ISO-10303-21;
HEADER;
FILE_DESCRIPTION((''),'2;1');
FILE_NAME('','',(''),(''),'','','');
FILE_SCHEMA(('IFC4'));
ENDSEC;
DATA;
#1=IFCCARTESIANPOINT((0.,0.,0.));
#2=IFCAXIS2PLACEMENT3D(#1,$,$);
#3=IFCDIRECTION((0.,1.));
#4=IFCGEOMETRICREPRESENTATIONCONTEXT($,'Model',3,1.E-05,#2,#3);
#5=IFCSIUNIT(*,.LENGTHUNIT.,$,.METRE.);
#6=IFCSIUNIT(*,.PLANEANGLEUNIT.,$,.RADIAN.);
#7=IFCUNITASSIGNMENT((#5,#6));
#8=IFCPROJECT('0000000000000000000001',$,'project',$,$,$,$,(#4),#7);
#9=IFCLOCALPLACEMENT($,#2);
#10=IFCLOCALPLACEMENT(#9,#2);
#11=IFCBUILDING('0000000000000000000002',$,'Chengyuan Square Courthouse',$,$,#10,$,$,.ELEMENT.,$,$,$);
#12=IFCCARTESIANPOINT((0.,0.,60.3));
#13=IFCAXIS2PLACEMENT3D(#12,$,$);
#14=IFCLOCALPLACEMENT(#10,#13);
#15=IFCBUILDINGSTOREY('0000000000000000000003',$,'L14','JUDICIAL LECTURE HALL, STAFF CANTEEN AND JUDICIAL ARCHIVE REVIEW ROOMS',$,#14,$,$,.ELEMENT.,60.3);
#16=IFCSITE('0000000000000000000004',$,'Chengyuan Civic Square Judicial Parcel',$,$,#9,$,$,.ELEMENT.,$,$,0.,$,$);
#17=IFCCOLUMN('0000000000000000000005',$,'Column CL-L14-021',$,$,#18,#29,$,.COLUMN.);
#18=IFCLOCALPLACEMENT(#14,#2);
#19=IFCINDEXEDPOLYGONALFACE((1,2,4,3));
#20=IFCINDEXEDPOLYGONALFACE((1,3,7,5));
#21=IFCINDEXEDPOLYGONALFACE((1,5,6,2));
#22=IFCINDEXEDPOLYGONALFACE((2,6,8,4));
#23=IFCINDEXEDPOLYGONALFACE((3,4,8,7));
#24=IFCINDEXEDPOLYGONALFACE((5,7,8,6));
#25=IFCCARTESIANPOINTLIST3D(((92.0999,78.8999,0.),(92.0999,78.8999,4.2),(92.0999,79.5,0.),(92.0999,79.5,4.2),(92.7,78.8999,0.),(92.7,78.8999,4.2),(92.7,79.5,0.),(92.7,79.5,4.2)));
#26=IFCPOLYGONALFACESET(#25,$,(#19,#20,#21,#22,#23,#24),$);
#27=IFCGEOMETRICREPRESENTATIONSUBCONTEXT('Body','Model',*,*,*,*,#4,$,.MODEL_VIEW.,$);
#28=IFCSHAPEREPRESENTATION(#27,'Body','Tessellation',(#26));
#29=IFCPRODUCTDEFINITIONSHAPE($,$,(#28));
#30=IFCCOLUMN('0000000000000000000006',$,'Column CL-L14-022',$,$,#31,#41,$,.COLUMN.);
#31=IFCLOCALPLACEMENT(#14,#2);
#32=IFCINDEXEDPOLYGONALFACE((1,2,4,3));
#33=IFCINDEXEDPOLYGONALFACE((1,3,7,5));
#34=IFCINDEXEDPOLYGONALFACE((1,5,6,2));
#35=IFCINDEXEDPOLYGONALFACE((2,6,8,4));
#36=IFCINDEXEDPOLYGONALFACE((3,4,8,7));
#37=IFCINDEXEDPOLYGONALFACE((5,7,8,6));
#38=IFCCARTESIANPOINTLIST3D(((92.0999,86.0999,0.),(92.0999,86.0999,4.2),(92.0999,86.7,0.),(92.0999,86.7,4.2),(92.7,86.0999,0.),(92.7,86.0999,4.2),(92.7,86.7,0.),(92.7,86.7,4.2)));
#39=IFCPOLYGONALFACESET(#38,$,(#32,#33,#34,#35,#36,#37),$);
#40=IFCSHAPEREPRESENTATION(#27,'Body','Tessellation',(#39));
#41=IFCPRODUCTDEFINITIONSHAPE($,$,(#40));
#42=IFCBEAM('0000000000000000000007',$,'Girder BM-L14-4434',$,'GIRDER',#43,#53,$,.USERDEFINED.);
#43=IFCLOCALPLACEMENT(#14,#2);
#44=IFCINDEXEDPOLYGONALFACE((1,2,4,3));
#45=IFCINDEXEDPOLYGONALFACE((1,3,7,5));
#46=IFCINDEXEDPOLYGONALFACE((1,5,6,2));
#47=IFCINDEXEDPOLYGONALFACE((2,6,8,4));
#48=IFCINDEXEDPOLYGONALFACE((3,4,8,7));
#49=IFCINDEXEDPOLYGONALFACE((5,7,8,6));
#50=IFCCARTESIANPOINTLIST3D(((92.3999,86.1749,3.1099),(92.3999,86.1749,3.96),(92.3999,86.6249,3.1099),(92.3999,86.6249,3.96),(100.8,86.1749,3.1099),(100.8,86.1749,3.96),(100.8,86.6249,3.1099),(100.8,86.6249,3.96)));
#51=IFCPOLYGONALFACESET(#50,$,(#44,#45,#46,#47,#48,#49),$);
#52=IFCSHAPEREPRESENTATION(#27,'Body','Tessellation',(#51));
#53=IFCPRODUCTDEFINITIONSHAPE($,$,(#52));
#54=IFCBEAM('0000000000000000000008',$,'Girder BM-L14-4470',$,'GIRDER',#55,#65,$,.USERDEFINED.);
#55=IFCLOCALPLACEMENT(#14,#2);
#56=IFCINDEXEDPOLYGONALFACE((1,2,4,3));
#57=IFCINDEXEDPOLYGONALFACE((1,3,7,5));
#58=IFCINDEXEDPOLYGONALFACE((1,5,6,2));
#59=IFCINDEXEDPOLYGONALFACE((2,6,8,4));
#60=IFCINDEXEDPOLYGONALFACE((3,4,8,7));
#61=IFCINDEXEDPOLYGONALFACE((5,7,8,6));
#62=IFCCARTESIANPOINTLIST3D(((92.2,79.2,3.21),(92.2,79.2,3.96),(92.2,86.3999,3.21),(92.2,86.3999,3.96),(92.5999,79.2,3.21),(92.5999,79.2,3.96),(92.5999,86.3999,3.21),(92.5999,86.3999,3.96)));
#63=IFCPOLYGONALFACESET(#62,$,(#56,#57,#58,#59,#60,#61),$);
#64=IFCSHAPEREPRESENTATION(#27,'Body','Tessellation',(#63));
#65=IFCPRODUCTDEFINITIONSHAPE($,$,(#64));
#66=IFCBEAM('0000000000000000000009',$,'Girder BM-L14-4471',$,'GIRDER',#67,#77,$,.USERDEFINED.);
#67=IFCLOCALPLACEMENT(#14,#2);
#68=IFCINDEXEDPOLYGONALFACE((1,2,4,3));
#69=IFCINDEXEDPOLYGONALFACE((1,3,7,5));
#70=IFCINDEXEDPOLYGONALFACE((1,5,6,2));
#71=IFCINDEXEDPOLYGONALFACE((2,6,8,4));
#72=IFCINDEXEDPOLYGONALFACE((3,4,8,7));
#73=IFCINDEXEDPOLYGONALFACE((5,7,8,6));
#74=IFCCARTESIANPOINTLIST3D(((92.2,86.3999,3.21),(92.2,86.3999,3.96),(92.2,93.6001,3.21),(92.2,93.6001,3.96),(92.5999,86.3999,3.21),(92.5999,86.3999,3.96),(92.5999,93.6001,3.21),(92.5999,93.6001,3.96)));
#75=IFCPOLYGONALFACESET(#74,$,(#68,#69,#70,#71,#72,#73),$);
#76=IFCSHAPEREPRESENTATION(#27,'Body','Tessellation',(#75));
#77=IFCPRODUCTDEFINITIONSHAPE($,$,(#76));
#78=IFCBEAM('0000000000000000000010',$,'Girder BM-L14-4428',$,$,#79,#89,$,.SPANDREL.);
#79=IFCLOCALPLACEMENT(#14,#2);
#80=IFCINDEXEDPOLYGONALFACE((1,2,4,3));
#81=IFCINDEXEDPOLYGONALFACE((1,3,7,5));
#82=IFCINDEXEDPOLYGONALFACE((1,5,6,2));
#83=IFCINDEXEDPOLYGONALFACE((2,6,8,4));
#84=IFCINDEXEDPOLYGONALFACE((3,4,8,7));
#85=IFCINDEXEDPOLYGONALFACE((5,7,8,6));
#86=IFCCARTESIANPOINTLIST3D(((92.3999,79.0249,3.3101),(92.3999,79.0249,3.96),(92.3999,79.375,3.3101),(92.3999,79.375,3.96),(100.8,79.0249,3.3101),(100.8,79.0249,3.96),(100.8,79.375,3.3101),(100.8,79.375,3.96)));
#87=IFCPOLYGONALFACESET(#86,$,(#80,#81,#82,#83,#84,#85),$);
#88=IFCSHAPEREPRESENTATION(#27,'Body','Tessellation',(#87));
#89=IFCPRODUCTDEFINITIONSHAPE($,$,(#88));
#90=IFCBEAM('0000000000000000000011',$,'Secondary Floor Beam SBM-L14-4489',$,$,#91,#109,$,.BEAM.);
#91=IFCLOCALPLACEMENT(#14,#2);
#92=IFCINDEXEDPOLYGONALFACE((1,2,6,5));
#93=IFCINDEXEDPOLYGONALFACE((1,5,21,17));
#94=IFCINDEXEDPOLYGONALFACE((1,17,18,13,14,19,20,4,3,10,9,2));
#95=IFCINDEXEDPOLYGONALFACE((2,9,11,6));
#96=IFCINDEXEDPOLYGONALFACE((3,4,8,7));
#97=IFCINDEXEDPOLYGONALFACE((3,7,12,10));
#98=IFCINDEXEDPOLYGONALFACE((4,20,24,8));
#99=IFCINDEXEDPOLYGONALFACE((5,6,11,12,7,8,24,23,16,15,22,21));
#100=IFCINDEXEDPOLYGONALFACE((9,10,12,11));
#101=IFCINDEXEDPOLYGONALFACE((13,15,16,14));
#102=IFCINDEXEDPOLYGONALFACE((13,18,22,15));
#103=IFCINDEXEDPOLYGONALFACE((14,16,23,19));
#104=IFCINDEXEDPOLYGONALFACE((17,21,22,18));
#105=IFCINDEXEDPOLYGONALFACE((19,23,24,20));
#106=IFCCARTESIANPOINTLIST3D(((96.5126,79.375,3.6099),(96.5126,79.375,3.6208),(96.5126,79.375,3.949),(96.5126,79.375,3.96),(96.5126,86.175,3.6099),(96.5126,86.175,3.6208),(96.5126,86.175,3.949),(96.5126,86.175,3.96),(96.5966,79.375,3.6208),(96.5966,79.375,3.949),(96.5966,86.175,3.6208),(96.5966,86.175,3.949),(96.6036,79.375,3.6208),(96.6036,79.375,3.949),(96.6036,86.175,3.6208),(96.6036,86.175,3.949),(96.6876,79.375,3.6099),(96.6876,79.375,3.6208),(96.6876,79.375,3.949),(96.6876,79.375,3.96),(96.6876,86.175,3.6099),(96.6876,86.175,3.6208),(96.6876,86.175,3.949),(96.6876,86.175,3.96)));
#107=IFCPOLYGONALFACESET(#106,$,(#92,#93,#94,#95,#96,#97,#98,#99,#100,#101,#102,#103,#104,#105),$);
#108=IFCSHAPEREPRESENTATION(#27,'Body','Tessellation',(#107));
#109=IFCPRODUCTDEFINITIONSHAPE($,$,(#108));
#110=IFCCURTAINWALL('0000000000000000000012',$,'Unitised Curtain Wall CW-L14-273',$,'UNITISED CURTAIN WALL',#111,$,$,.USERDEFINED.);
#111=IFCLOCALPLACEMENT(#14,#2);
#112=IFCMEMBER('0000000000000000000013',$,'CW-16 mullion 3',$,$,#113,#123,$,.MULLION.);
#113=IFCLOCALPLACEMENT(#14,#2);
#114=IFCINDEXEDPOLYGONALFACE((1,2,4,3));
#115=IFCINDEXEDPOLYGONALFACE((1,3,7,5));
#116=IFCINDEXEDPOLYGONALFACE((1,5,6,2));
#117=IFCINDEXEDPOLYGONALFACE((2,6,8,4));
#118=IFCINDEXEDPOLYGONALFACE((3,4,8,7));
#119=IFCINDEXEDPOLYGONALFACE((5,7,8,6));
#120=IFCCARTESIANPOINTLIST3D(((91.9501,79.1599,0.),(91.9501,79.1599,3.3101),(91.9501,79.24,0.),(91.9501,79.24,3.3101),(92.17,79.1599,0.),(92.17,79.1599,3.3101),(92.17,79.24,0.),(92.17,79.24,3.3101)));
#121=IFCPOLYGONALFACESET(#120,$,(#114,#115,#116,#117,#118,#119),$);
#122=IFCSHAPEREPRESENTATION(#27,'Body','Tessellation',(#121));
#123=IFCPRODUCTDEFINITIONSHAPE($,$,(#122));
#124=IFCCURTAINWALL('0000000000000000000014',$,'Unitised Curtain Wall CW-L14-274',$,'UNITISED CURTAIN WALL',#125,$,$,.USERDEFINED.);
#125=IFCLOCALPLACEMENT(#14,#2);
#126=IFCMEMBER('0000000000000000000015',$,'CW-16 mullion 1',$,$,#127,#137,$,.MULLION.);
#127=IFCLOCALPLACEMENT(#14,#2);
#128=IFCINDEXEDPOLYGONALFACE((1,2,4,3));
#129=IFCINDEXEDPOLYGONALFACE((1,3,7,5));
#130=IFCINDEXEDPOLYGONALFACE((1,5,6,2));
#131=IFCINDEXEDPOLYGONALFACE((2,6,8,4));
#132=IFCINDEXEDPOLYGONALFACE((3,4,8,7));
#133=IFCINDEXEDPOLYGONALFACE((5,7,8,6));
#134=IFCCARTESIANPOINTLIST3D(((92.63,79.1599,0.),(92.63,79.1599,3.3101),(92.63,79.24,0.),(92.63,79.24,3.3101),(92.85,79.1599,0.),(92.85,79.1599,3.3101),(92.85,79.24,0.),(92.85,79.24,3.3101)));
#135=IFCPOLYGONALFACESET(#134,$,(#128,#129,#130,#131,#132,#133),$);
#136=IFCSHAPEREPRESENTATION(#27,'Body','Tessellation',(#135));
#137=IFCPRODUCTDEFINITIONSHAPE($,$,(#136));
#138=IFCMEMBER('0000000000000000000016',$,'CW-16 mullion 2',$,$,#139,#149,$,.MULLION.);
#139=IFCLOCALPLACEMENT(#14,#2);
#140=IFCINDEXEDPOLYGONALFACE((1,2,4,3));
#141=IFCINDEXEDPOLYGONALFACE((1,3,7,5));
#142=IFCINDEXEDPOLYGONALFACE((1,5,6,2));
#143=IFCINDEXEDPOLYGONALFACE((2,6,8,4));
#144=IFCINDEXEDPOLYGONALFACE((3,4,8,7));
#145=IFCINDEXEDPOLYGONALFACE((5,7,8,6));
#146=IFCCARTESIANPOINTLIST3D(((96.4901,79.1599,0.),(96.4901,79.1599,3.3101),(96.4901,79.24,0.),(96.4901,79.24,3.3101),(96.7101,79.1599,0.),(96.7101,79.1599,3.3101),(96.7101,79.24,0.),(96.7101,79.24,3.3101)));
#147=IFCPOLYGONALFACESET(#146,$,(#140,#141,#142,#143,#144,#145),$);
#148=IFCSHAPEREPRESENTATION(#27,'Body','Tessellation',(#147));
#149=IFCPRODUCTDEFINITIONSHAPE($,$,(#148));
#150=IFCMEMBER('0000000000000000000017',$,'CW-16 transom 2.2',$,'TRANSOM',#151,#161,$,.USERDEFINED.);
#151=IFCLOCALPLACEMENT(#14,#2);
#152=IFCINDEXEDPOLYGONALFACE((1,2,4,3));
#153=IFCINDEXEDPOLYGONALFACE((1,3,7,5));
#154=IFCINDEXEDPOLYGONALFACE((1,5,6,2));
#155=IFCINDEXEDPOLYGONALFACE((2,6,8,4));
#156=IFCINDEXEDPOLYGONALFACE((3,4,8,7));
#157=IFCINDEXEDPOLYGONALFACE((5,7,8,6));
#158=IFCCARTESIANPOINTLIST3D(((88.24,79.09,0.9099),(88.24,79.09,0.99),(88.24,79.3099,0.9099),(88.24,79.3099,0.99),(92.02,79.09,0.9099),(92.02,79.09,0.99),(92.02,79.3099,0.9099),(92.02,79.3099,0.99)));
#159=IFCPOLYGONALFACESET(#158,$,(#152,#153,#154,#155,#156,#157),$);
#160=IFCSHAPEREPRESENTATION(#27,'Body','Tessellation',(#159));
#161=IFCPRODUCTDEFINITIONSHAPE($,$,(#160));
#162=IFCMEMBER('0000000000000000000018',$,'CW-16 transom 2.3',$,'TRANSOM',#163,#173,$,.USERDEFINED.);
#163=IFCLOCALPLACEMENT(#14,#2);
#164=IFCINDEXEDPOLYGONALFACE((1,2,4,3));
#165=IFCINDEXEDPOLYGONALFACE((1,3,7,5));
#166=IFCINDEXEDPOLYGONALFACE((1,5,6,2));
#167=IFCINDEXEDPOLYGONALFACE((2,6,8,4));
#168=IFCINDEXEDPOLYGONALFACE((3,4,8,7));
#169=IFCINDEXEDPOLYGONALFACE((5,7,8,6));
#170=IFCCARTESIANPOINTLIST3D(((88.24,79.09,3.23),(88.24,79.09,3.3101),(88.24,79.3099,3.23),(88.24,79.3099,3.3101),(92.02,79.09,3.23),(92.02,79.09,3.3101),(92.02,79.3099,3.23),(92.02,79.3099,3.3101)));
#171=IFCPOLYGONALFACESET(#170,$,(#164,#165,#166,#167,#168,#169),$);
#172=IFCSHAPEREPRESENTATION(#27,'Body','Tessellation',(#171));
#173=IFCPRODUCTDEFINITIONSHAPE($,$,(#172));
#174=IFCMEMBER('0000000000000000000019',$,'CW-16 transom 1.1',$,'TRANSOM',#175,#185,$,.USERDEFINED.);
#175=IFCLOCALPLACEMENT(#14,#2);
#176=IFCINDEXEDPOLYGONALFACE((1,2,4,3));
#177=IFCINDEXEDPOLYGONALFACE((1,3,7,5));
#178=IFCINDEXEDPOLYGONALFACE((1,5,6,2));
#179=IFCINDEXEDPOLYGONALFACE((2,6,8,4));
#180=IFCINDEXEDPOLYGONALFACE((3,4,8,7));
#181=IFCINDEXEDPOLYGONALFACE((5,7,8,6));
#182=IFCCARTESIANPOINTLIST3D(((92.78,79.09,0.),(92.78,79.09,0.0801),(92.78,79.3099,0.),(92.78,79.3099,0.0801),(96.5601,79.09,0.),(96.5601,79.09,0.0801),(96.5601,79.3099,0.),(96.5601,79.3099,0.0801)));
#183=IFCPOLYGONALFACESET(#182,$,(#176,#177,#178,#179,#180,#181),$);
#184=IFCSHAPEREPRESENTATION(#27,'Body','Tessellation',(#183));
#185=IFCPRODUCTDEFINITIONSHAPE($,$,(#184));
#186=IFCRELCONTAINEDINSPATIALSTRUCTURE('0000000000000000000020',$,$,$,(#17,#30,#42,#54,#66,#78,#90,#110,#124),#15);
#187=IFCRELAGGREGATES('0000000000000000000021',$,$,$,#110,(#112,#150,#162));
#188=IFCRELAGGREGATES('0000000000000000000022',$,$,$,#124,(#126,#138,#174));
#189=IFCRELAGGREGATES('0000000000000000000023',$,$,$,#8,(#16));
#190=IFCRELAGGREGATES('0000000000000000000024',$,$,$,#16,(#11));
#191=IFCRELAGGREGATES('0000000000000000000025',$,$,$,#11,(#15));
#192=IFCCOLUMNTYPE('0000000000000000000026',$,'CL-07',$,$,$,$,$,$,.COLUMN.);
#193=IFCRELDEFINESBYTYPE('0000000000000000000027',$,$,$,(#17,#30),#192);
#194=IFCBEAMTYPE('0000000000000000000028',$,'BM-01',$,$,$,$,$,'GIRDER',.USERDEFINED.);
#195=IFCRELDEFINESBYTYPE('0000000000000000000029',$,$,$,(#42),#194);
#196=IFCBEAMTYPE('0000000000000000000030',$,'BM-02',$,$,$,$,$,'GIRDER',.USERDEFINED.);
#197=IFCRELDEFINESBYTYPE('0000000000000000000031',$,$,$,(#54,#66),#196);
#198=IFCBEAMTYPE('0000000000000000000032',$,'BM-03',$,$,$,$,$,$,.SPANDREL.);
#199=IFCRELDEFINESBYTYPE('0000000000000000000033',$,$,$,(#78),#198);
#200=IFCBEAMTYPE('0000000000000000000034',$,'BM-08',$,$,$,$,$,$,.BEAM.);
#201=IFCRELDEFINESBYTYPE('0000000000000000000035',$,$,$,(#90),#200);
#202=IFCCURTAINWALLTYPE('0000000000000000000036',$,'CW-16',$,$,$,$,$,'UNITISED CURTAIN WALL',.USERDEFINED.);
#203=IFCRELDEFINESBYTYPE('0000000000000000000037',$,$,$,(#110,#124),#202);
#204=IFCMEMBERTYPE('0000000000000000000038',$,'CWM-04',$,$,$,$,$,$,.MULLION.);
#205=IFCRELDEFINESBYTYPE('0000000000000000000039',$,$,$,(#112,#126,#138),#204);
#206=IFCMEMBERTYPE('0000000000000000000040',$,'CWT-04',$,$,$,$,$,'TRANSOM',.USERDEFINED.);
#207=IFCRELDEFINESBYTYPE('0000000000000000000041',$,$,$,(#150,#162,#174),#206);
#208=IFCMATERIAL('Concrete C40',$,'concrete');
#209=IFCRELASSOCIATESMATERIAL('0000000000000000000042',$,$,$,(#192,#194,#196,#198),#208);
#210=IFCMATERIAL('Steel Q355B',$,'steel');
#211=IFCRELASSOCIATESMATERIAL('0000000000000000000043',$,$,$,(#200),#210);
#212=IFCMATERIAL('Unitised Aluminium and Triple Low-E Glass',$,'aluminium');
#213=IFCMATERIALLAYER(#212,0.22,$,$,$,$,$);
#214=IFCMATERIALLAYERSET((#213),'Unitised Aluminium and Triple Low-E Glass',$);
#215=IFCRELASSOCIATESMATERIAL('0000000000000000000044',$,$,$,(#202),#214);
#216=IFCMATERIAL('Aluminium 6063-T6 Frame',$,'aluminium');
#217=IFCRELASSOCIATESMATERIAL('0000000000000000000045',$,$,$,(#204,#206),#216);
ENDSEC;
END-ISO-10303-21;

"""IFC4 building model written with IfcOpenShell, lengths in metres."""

from ifc_helpers import new_model, si_unit, direction, frame, origin, origin_2d, place, context, subcontext, project, spatial, rectangle, i_section, extrude, material, layer, layer_set, material_profile, profile_set, type_object, element, aggregate, save


model = new_model("IFC4")

# Units and contexts
model_context = context("Model", 3, precision=1e-05, world=origin(), true_north=direction((0.0, 1.0)))
body_context = subcontext(model_context, "Body", "Model", "MODEL_VIEW")
ifc_project = project(units=[si_unit("LENGTHUNIT", "METRE"), si_unit("PLANEANGLEUNIT", "RADIAN")], contexts=[model_context])

# Site, building, storey
site_placement = place(None, origin())
site = spatial("IfcSite", under=ifc_project, at=site_placement, Name="Chengyuan Civic Square Judicial Parcel", CompositionType="ELEMENT", RefElevation=0.0)
building_placement = place(site_placement, origin())
building = spatial("IfcBuilding", under=site, at=building_placement, Name="Chengyuan Square Courthouse", CompositionType="ELEMENT")
storey_placement = place(building_placement, frame((0.0, 0.0, 60.3)))
storey = spatial("IfcBuildingStorey", under=building, at=storey_placement, Name="L14", Description="JUDICIAL LECTURE HALL, STAFF CANTEEN AND JUDICIAL ARCHIVE REVIEW ROOMS", CompositionType="ELEMENT", Elevation=60.3)

# Columns
ifc_material_1 = material(Name="Concrete C40", Category="concrete")
ifc_material_profile_1 = material_profile(ifc_material_1, rectangle(XDim=0.6001, YDim=0.6001, at=origin_2d()), Name="RC-COL-600x600")
ifc_profile_set_1 = profile_set([ifc_material_profile_1], Name="Concrete C40")
column_type = type_object("IfcColumnType", Name="CL-07", PredefinedType="COLUMN", material=ifc_profile_set_1)
for number, where, z_axis, x_axis, name in (
    (1, (92.3999, 79.2, 0.0), (0.0, 0.0, 1.0), (1.0, 0.0, 0.0), "Column CL-L14-021"),
    (2, (92.3999, 86.3999, 0.0), (0.0, 0.0, 1.0), (1.0, 0.0, 0.0), "Column CL-L14-022"),
):
    element("IfcColumn", number, at=place(storey_placement, frame(where, z_axis=z_axis, x_axis=x_axis)), inside=storey, type_object=column_type, Name=name, PredefinedType="COLUMN", context=body_context, shape_type="SweptSolid", body=[
        extrude(rectangle(XDim=0.6001, YDim=0.6001, at=origin_2d()), origin(), (0.0, 0.0, 1.0), 4.2),
    ])

# Beams
ifc_material_profile_2 = material_profile(ifc_material_1, rectangle(XDim=0.45, YDim=0.8501, at=origin_2d()), Name="RC-BM-450x850")
ifc_profile_set_2 = profile_set([ifc_material_profile_2], Name="Concrete C40")
beam_type_1 = type_object("IfcBeamType", Name="BM-01", ElementType="GIRDER", PredefinedType="USERDEFINED", material=ifc_profile_set_2)
beam_1_placement = place(storey_placement, frame((92.3999, 86.3999, 3.5349), z_axis=(1.0, 0.0, 0.0), x_axis=(0.0, 1.0, 0.0)))
element("IfcBeam", 3, at=beam_1_placement, inside=storey, type_object=beam_type_1, Name="Girder BM-L14-4434", ObjectType="GIRDER", PredefinedType="USERDEFINED", context=body_context, shape_type="SweptSolid", body=[
    extrude(rectangle(XDim=0.45, YDim=0.8501, at=origin_2d()), origin(), (0.0, 0.0, 1.0), 8.4001),
])
ifc_material_profile_3 = material_profile(ifc_material_1, rectangle(XDim=0.3999, YDim=0.75, at=origin_2d()), Name="RC-BM-400x750")
ifc_profile_set_3 = profile_set([ifc_material_profile_3], Name="Concrete C40")
beam_type_2 = type_object("IfcBeamType", Name="BM-02", ElementType="GIRDER", PredefinedType="USERDEFINED", material=ifc_profile_set_3)
beam_2_placement = place(storey_placement, frame((92.3999, 79.2, 3.585), z_axis=(0.0, 1.0, 0.0), x_axis=(-1.0, 0.0, 0.0)))
element("IfcBeam", 4, at=beam_2_placement, inside=storey, type_object=beam_type_2, Name="Girder BM-L14-4470", ObjectType="GIRDER", PredefinedType="USERDEFINED", context=body_context, shape_type="SweptSolid", body=[
    extrude(rectangle(XDim=0.3999, YDim=0.75, at=origin_2d()), origin(), (0.0, 0.0, 1.0), 7.2),
])
beam_3_placement = place(storey_placement, frame((92.3999, 86.3999, 3.585), z_axis=(0.0, 1.0, 0.0), x_axis=(-1.0, 0.0, 0.0)))
element("IfcBeam", 5, at=beam_3_placement, inside=storey, type_object=beam_type_2, Name="Girder BM-L14-4471", ObjectType="GIRDER", PredefinedType="USERDEFINED", context=body_context, shape_type="SweptSolid", body=[
    extrude(rectangle(XDim=0.3999, YDim=0.75, at=origin_2d()), origin(), (0.0, 0.0, 1.0), 7.2002),
])
ifc_material_profile_4 = material_profile(ifc_material_1, rectangle(XDim=0.3501, YDim=0.6499, at=origin_2d()), Name="RC-BM-350x650")
ifc_profile_set_4 = profile_set([ifc_material_profile_4], Name="Concrete C40")
beam_type_3 = type_object("IfcBeamType", Name="BM-03", PredefinedType="SPANDREL", material=ifc_profile_set_4)
beam_4_placement = place(storey_placement, frame((92.3999, 79.2, 3.635), z_axis=(1.0, 0.0, 0.0), x_axis=(0.0, 1.0, 0.0)))
element("IfcBeam", 6, at=beam_4_placement, inside=storey, type_object=beam_type_3, Name="Girder BM-L14-4428", PredefinedType="SPANDREL", context=body_context, shape_type="SweptSolid", body=[
    extrude(rectangle(XDim=0.3501, YDim=0.6499, at=origin_2d()), origin(), (0.0, 0.0, 1.0), 8.4001),
])
ifc_material_2 = material(Name="Steel Q355B", Category="steel")
ifc_material_profile_5 = material_profile(ifc_material_2, i_section(OverallWidth=0.175, OverallDepth=0.3501, WebThickness=0.0071, FlangeThickness=0.011, at=origin_2d()), Name="HN 350x175x7x11")
ifc_profile_set_5 = profile_set([ifc_material_profile_5], Name="Steel Q355B")
beam_type_4 = type_object("IfcBeamType", Name="BM-08", PredefinedType="BEAM", material=ifc_profile_set_5)
beam_5_placement = place(storey_placement, frame((96.6001, 79.375, 3.7849), z_axis=(0.0, 1.0, 0.0), x_axis=(-1.0, 0.0, 0.0)))
element("IfcBeam", 7, at=beam_5_placement, inside=storey, type_object=beam_type_4, Name="Secondary Floor Beam SBM-L14-4489", PredefinedType="BEAM", context=body_context, shape_type="SweptSolid", body=[
    extrude(i_section(OverallWidth=0.175, OverallDepth=0.3501, WebThickness=0.0071, FlangeThickness=0.011, at=origin_2d()), origin(), (0.0, 0.0, 1.0), 6.8),
])

# Curtain wall, member
ifc_material_3 = material(Name="Unitised Aluminium and Triple Low-E Glass", Category="aluminium")
ifc_layer_1 = layer(ifc_material_3, 0.22)
ifc_layer_set_1 = layer_set([ifc_layer_1], Name="Unitised Aluminium and Triple Low-E Glass")
curtain_wall_type = type_object("IfcCurtainWallType", Name="CW-16", ElementType="UNITISED CURTAIN WALL", PredefinedType="USERDEFINED", material=ifc_layer_set_1)
curtain_wall_1_placement = place(storey_placement, origin())
curtain_wall_1 = element("IfcCurtainWall", 8, at=curtain_wall_1_placement, inside=storey, type_object=curtain_wall_type, Name="Unitised Curtain Wall CW-L14-273", ObjectType="UNITISED CURTAIN WALL", PredefinedType="USERDEFINED")
ifc_material_4 = material(Name="Aluminium 6063-T6 Frame", Category="aluminium")
ifc_material_profile_6 = material_profile(ifc_material_4, rectangle(XDim=0.0801, YDim=0.22, at=origin_2d()), Name="CW-MUL-80x220")
ifc_profile_set_6 = profile_set([ifc_material_profile_6], Name="Aluminium 6063-T6 Frame")
member_type_1 = type_object("IfcMemberType", Name="CWM-04", PredefinedType="MULLION", material=ifc_profile_set_6)
member_1_placement = place(storey_placement, frame((92.0601, 79.2, 0.0), z_axis=(0.0, 0.0, 1.0), x_axis=(0.0, 1.0, 0.0)))
member_1 = element("IfcMember", 9, at=member_1_placement, type_object=member_type_1, Name="CW-16 mullion 3", PredefinedType="MULLION", context=body_context, shape_type="SweptSolid", body=[
    extrude(rectangle(XDim=0.0801, YDim=0.22, at=origin_2d()), origin(), (0.0, 0.0, 1.0), 3.3101),
])

# Curtain wall, members
curtain_wall_2_placement = place(storey_placement, origin())
curtain_wall_2 = element("IfcCurtainWall", 10, at=curtain_wall_2_placement, inside=storey, type_object=curtain_wall_type, Name="Unitised Curtain Wall CW-L14-274", ObjectType="UNITISED CURTAIN WALL", PredefinedType="USERDEFINED")
member_2_placement = place(storey_placement, frame((92.74, 79.2, 0.0), z_axis=(0.0, 0.0, 1.0), x_axis=(0.0, 1.0, 0.0)))
member_2 = element("IfcMember", 11, at=member_2_placement, type_object=member_type_1, Name="CW-16 mullion 1", PredefinedType="MULLION", context=body_context, shape_type="SweptSolid", body=[
    extrude(rectangle(XDim=0.0801, YDim=0.22, at=origin_2d()), origin(), (0.0, 0.0, 1.0), 3.3101),
])
member_3_placement = place(storey_placement, frame((96.6001, 79.2, 0.0), z_axis=(0.0, 0.0, 1.0), x_axis=(0.0, 1.0, 0.0)))
member_3 = element("IfcMember", 12, at=member_3_placement, type_object=member_type_1, Name="CW-16 mullion 2", PredefinedType="MULLION", context=body_context, shape_type="SweptSolid", body=[
    extrude(rectangle(XDim=0.0801, YDim=0.22, at=origin_2d()), origin(), (0.0, 0.0, 1.0), 3.3101),
])

# Members
ifc_material_profile_7 = material_profile(ifc_material_4, rectangle(XDim=0.22, YDim=0.0801, at=origin_2d()), Name="CW-TRN-80x180")
ifc_profile_set_7 = profile_set([ifc_material_profile_7], Name="Aluminium 6063-T6 Frame")
member_type_2 = type_object("IfcMemberType", Name="CWT-04", ElementType="TRANSOM", PredefinedType="USERDEFINED", material=ifc_profile_set_7)
member_4_placement = place(storey_placement, frame((88.24, 79.2, 0.95), z_axis=(1.0, 0.0, 0.0), x_axis=(0.0, 1.0, 0.0)))
member_4 = element("IfcMember", 13, at=member_4_placement, type_object=member_type_2, Name="CW-16 transom 2.2", ObjectType="TRANSOM", PredefinedType="USERDEFINED", context=body_context, shape_type="SweptSolid", body=[
    extrude(rectangle(XDim=0.22, YDim=0.0801, at=origin_2d()), origin(), (0.0, 0.0, 1.0), 3.78),
])
member_5_placement = place(storey_placement, frame((88.24, 79.2, 3.27), z_axis=(1.0, 0.0, 0.0), x_axis=(0.0, 1.0, 0.0)))
member_5 = element("IfcMember", 14, at=member_5_placement, type_object=member_type_2, Name="CW-16 transom 2.3", ObjectType="TRANSOM", PredefinedType="USERDEFINED", context=body_context, shape_type="SweptSolid", body=[
    extrude(rectangle(XDim=0.22, YDim=0.0801, at=origin_2d()), origin(), (0.0, 0.0, 1.0), 3.78),
])
member_6_placement = place(storey_placement, frame((92.78, 79.2, 0.04), z_axis=(1.0, 0.0, 0.0), x_axis=(0.0, 1.0, 0.0)))
member_6 = element("IfcMember", 15, at=member_6_placement, type_object=member_type_2, Name="CW-16 transom 1.1", ObjectType="TRANSOM", PredefinedType="USERDEFINED", context=body_context, shape_type="SweptSolid", body=[
    extrude(rectangle(XDim=0.22, YDim=0.0801, at=origin_2d()), origin(), (0.0, 0.0, 1.0), 3.78),
])

aggregate(curtain_wall_1, [member_1, member_4, member_5])
aggregate(curtain_wall_2, [member_2, member_3, member_6])

save(model, "model.ifc")
